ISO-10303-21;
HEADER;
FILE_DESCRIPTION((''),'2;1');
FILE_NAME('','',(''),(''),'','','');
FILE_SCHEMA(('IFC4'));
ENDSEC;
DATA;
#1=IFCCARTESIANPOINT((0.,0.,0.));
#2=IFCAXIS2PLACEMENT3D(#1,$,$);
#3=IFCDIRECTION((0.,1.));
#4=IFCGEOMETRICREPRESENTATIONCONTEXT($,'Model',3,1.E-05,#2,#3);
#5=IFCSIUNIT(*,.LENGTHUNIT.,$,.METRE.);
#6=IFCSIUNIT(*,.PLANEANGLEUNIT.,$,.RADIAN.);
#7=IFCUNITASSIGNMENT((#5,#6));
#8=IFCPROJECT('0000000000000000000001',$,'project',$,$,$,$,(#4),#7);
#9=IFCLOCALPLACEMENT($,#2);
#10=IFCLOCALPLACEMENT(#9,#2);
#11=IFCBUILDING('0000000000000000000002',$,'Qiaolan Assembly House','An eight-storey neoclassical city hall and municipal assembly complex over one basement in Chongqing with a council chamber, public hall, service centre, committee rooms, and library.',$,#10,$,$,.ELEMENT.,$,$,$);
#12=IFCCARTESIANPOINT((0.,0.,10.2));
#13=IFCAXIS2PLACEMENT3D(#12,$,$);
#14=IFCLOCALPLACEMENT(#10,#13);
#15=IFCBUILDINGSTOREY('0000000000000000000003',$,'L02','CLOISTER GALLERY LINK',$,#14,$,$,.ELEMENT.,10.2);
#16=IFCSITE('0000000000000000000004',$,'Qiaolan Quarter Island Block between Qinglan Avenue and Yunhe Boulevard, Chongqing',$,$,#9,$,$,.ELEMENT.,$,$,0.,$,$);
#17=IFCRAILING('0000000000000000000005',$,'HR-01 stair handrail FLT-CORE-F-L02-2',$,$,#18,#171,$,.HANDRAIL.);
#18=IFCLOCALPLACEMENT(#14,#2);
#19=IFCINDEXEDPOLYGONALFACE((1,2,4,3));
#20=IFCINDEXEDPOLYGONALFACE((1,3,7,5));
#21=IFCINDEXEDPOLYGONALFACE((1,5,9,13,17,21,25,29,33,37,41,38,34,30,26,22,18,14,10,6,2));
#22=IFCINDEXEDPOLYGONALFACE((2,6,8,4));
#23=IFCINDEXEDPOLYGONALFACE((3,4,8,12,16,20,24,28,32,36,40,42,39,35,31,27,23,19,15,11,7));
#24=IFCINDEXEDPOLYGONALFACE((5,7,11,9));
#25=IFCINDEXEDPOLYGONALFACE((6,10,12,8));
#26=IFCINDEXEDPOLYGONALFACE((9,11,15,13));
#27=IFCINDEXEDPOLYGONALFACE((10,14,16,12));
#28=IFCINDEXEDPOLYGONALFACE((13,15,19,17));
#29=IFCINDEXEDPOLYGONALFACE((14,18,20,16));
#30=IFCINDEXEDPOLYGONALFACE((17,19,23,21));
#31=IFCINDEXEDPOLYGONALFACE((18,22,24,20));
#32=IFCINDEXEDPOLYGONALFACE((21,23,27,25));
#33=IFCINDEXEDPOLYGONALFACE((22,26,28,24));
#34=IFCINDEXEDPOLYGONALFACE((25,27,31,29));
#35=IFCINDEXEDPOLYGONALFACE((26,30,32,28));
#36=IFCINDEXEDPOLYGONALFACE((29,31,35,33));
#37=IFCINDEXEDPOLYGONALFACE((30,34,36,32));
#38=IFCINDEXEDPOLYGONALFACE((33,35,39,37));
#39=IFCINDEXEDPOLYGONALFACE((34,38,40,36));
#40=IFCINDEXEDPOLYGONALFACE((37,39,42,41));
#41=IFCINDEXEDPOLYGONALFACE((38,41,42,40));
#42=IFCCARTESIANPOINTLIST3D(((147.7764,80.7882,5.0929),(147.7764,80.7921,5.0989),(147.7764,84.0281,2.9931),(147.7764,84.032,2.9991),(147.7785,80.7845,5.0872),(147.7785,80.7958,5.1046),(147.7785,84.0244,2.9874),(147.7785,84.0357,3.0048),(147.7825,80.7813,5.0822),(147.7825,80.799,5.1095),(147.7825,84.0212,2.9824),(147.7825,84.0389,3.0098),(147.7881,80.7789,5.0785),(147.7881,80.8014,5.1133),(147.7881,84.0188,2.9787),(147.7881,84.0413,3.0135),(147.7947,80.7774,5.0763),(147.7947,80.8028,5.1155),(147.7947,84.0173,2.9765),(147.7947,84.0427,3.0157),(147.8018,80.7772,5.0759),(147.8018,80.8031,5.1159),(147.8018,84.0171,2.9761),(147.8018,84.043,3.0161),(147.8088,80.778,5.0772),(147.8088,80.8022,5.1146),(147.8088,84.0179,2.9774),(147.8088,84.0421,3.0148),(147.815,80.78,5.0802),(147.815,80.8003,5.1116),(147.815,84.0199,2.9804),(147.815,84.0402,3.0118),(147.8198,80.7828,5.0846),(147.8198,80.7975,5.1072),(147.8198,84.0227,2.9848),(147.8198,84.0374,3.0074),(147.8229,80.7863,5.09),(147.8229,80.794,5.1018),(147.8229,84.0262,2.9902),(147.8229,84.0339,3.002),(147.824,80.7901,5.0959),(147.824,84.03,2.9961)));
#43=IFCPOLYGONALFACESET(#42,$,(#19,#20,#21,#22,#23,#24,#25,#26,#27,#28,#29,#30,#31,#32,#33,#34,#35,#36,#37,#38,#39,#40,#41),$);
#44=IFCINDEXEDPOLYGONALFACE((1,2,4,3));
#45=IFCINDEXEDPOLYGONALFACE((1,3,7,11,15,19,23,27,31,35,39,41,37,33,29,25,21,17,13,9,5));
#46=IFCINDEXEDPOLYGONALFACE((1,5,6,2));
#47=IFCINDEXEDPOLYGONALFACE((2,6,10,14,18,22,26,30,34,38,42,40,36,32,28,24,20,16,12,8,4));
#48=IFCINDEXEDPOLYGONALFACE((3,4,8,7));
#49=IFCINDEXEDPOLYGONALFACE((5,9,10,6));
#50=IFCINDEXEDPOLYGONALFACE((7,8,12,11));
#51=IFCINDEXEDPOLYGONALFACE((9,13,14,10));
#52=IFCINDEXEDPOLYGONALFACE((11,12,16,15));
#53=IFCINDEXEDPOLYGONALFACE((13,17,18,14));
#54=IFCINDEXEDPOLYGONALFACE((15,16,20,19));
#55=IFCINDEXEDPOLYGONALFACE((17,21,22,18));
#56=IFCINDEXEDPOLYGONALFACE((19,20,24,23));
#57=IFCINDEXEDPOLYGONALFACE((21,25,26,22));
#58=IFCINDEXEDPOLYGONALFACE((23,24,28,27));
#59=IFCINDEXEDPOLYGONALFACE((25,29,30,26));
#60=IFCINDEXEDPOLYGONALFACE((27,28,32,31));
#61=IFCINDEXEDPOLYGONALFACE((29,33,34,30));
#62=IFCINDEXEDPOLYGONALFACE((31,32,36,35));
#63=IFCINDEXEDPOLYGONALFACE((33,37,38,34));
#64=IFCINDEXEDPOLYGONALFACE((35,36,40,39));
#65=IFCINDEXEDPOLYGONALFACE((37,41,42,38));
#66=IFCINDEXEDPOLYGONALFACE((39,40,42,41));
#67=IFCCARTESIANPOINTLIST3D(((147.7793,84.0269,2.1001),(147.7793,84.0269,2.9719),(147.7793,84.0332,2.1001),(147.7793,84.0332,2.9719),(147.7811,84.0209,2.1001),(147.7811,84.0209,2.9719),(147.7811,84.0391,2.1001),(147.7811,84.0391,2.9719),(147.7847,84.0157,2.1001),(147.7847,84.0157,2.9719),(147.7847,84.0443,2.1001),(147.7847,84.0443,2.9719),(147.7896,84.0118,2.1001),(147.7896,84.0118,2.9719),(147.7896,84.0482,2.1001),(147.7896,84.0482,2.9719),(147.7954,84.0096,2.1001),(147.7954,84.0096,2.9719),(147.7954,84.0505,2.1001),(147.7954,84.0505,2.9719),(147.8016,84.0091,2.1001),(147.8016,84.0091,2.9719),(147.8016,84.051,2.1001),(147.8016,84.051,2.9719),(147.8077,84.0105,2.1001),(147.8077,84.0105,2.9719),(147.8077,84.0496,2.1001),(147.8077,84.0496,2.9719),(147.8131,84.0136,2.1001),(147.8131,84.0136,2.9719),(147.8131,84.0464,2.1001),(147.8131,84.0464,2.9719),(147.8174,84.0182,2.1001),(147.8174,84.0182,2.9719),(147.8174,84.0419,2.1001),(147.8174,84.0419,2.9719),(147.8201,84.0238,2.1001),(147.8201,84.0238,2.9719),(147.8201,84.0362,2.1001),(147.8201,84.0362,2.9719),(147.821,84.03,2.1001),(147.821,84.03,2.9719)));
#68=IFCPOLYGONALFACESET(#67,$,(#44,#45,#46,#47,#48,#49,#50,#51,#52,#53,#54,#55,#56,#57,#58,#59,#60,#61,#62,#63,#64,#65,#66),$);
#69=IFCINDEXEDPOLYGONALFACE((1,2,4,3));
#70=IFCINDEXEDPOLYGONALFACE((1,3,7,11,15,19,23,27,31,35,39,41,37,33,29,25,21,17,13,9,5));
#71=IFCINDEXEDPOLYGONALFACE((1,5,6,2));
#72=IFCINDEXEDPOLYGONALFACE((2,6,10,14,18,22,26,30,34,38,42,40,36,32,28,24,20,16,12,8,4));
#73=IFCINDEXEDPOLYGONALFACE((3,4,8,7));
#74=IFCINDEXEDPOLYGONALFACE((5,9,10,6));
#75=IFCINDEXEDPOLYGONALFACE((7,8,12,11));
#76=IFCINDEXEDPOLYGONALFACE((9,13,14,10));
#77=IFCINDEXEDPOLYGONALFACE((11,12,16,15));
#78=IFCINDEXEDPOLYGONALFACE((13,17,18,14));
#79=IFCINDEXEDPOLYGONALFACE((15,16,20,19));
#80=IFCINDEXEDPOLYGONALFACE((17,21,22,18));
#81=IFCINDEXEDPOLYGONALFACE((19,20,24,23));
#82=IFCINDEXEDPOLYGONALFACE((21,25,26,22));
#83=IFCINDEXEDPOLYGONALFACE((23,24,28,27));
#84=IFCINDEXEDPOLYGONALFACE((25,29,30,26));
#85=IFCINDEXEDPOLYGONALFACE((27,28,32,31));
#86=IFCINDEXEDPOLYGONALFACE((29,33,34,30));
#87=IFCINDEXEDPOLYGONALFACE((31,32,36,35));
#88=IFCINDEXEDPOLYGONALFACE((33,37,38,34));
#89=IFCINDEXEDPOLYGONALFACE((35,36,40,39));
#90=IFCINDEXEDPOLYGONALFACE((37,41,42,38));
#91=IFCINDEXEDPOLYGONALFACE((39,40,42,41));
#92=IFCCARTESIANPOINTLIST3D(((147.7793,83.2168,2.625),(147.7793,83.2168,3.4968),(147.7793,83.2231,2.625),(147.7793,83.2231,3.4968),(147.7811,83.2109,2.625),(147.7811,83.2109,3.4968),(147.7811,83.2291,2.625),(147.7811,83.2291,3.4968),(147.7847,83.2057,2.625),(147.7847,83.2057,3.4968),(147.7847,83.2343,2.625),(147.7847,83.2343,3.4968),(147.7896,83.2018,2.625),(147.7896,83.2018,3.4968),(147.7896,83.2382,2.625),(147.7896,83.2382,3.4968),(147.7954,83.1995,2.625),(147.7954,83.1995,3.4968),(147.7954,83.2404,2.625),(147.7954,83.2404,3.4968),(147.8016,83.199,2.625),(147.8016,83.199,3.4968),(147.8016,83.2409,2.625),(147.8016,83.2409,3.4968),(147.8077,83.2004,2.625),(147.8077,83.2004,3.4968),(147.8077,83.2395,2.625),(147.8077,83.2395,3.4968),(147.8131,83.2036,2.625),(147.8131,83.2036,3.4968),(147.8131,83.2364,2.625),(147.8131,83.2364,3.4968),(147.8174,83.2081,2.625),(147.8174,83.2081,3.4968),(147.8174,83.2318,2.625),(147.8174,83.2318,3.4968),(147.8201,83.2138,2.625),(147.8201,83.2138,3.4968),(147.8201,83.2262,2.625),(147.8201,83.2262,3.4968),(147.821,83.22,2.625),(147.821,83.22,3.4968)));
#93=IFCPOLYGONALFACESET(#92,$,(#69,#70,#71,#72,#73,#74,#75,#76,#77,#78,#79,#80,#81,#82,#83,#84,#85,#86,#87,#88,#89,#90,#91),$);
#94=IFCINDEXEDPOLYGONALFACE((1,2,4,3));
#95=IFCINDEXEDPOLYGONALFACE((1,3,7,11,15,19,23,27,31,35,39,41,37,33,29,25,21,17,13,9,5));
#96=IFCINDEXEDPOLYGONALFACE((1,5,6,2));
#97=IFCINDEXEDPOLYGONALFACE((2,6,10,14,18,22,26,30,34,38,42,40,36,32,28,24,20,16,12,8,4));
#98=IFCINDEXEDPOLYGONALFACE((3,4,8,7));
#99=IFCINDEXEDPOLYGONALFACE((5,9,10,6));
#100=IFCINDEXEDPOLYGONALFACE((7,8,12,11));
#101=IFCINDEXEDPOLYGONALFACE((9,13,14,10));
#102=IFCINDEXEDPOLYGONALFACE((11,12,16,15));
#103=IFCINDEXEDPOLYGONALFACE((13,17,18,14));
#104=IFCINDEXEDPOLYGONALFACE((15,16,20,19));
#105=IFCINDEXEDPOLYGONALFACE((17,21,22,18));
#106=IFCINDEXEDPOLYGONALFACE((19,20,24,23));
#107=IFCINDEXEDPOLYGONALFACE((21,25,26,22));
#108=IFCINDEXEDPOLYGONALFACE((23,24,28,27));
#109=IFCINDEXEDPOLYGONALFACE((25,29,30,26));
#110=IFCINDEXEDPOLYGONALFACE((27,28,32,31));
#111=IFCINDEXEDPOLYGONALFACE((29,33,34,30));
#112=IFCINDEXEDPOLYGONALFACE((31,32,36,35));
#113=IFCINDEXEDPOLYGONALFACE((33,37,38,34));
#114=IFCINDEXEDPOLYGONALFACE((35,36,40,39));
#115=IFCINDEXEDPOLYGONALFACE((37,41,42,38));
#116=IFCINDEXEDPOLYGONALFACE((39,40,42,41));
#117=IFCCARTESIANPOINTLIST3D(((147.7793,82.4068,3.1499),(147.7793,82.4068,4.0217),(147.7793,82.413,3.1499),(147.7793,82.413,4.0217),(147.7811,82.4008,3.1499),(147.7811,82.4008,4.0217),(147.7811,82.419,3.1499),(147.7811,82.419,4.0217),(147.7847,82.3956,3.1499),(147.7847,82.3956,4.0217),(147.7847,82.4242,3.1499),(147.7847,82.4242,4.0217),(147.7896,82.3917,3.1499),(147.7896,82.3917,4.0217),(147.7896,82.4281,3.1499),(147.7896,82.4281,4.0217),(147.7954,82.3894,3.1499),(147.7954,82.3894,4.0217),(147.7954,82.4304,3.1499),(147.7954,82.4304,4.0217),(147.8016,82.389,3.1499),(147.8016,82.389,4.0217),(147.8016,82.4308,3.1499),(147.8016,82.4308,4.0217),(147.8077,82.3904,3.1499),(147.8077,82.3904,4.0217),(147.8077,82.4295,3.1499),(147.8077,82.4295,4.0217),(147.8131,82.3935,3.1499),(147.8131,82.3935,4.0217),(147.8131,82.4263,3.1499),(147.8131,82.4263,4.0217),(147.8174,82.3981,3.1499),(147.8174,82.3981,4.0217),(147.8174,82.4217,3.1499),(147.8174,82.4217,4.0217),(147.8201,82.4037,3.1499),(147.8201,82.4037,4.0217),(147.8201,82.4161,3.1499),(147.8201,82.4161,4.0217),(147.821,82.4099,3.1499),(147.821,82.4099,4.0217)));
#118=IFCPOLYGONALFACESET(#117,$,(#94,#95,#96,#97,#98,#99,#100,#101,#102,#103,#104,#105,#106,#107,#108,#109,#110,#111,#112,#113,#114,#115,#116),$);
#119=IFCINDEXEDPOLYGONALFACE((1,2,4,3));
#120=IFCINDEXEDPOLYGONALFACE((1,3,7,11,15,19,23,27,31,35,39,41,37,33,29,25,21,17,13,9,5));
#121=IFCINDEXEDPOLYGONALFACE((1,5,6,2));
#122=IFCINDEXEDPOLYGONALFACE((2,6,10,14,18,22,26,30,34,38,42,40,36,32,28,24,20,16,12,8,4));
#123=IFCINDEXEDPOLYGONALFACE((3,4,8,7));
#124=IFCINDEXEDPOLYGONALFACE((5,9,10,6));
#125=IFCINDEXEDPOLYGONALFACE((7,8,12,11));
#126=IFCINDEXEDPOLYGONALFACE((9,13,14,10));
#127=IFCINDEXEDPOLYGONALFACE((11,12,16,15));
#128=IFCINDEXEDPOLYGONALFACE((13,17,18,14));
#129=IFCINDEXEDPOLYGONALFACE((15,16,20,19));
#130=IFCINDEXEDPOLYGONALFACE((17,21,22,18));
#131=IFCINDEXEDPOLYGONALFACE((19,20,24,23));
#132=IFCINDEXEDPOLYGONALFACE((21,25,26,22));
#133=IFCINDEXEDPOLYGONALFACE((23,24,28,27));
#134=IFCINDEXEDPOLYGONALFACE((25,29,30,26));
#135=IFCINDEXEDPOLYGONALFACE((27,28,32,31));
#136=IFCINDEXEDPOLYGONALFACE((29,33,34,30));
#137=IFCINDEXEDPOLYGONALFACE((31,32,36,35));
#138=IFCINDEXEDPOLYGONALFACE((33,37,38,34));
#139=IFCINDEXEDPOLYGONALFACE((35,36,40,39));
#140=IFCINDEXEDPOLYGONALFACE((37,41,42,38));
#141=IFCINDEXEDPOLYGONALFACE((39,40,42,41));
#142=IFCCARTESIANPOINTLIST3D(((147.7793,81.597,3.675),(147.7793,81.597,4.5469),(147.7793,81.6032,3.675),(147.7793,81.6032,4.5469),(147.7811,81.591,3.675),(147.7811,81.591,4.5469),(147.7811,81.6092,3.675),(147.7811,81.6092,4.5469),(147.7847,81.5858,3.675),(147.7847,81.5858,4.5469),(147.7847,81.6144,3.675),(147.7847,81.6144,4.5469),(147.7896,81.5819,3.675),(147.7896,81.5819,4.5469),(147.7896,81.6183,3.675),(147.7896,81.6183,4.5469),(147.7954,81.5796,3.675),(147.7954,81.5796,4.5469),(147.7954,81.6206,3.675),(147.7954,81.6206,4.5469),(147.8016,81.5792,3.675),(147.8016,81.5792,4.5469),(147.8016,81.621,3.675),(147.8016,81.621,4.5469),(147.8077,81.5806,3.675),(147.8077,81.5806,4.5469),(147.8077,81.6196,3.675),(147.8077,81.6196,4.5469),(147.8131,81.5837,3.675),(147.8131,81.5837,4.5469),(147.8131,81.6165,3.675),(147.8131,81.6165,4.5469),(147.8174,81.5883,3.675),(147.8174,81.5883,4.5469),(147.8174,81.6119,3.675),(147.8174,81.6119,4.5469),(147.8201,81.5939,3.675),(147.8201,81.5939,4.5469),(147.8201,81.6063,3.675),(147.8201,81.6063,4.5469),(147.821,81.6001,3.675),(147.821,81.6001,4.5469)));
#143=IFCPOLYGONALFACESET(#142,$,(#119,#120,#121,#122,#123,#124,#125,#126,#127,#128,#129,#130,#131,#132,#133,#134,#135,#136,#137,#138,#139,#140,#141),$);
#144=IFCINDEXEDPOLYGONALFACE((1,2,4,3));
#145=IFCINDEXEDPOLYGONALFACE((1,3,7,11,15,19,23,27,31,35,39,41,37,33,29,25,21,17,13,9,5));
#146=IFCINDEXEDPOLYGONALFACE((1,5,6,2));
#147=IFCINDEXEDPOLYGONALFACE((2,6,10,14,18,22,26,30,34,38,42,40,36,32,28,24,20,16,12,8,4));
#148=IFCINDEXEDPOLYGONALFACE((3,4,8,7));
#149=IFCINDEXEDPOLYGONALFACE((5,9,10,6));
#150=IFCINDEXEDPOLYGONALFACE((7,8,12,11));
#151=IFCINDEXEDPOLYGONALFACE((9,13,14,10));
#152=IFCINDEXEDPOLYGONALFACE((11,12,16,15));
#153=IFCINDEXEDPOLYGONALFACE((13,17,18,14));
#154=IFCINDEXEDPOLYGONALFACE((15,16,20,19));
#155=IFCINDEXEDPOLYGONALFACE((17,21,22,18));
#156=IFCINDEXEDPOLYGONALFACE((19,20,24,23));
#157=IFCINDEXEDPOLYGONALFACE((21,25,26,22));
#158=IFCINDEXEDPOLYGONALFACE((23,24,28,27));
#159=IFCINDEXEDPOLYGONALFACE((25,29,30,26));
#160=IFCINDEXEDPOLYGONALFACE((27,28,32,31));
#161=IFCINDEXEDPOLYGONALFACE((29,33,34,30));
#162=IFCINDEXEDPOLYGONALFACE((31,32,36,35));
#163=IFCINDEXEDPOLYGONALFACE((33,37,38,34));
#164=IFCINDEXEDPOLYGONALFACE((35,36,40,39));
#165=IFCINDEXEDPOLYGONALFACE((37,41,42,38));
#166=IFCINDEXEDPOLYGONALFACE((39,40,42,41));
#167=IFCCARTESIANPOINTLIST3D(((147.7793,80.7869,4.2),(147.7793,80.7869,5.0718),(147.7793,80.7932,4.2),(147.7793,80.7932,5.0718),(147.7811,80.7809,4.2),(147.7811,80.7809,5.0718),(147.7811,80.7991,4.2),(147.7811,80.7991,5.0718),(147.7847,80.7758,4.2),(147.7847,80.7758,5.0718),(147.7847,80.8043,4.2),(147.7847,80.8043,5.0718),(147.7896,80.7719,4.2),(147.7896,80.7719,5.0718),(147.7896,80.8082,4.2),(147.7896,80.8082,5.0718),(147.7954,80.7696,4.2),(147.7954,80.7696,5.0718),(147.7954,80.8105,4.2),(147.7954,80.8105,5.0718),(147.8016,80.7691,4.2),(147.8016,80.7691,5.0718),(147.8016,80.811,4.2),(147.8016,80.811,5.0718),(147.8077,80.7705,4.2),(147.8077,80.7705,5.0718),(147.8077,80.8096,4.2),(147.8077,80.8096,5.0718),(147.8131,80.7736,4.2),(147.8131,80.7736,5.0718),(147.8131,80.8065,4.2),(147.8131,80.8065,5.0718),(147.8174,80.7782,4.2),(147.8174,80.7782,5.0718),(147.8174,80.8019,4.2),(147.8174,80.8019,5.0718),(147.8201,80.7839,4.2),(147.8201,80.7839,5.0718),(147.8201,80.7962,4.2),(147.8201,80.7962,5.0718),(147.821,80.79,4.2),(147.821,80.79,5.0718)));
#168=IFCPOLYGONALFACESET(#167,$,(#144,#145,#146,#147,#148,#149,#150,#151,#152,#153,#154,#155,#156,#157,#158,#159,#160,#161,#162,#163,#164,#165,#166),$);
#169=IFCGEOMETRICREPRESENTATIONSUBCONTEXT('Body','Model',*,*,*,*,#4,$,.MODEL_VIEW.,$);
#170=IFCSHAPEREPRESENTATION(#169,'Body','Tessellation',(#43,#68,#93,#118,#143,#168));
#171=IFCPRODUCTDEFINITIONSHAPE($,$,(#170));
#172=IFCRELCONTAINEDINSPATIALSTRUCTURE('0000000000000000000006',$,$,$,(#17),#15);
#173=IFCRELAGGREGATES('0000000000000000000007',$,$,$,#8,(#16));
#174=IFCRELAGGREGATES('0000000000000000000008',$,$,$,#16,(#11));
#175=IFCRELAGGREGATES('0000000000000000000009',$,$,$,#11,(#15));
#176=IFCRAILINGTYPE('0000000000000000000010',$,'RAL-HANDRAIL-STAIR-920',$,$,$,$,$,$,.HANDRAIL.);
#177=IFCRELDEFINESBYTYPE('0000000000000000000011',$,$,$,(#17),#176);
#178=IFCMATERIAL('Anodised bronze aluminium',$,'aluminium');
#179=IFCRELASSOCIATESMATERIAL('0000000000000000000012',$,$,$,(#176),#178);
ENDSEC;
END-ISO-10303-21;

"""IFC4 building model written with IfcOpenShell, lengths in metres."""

from ifc_helpers import new_model, si_unit, direction, frame, origin, origin_2d, place, context, subcontext, project, spatial, circle, extrude, material, type_object, element, save


model = new_model("IFC4")

# Units and contexts
model_context = context("Model", 3, precision=1e-05, world=origin(), true_north=direction((0.0, 1.0)))
body_context = subcontext(model_context, "Body", "Model", "MODEL_VIEW")
ifc_project = project(units=[si_unit("LENGTHUNIT", "METRE"), si_unit("PLANEANGLEUNIT", "RADIAN")], contexts=[model_context])

# Site, building, storey
site_placement = place(None, origin())
site = spatial("IfcSite", under=ifc_project, at=site_placement, Name="Qiaolan Quarter Island Block between Qinglan Avenue and Yunhe Boulevard, Chongqing", CompositionType="ELEMENT", RefElevation=0.0)
building_placement = place(site_placement, origin())
building = spatial("IfcBuilding", under=site, at=building_placement, Name="Qiaolan Assembly House", Description="An eight-storey neoclassical city hall and municipal assembly complex over one basement in Chongqing with a council chamber, public hall, service centre, committee rooms, and library.", CompositionType="ELEMENT")
storey_placement = place(building_placement, frame((0.0, 0.0, 10.2)))
storey = spatial("IfcBuildingStorey", under=building, at=storey_placement, Name="L02", Description="CLOISTER GALLERY LINK", CompositionType="ELEMENT", Elevation=10.2)

# Shared definitions
ifc_material_1 = material(Name="Anodised bronze aluminium", Category="aluminium")

# Railing
railing_type_1 = type_object("IfcRailingType", Name="RAL-HANDRAIL-STAIR-920", PredefinedType="HANDRAIL", material=ifc_material_1)
railing_1_placement = place(storey_placement, frame((147.8, 84.03, 2.1001)))
element("IfcRailing", 1, at=railing_1_placement, inside=storey, type_object=railing_type_1, Name="HR-01 stair handrail FLT-CORE-F-L02-2", PredefinedType="HANDRAIL", context=body_context, shape_type="SweptSolid", body=[
    extrude(circle(Radius=0.0239, at=origin_2d()), frame((0.0, 0.0, 0.896), z_axis=(0.0, -0.83917, 0.54387), x_axis=(1.0, 0.0, 0.0)), (0.0, 0.0, 1.0), 3.8608),
    extrude(circle(Radius=0.021, at=origin_2d()), origin(), (0.0, 0.0, 1.0), 0.8718),
    extrude(circle(Radius=0.021, at=origin_2d()), frame((0.0, -0.8101, 0.5249)), (0.0, 0.0, 1.0), 0.8718),
    extrude(circle(Radius=0.021, at=origin_2d()), frame((0.0, -1.6201, 1.0498)), (0.0, 0.0, 1.0), 0.8718),
    extrude(circle(Radius=0.021, at=origin_2d()), frame((0.0, -2.4299, 1.575)), (0.0, 0.0, 1.0), 0.8718),
    extrude(circle(Radius=0.021, at=origin_2d()), frame((0.0, -3.24, 2.0999)), (0.0, 0.0, 1.0), 0.8718),
])

save(model, "model.ifc")
